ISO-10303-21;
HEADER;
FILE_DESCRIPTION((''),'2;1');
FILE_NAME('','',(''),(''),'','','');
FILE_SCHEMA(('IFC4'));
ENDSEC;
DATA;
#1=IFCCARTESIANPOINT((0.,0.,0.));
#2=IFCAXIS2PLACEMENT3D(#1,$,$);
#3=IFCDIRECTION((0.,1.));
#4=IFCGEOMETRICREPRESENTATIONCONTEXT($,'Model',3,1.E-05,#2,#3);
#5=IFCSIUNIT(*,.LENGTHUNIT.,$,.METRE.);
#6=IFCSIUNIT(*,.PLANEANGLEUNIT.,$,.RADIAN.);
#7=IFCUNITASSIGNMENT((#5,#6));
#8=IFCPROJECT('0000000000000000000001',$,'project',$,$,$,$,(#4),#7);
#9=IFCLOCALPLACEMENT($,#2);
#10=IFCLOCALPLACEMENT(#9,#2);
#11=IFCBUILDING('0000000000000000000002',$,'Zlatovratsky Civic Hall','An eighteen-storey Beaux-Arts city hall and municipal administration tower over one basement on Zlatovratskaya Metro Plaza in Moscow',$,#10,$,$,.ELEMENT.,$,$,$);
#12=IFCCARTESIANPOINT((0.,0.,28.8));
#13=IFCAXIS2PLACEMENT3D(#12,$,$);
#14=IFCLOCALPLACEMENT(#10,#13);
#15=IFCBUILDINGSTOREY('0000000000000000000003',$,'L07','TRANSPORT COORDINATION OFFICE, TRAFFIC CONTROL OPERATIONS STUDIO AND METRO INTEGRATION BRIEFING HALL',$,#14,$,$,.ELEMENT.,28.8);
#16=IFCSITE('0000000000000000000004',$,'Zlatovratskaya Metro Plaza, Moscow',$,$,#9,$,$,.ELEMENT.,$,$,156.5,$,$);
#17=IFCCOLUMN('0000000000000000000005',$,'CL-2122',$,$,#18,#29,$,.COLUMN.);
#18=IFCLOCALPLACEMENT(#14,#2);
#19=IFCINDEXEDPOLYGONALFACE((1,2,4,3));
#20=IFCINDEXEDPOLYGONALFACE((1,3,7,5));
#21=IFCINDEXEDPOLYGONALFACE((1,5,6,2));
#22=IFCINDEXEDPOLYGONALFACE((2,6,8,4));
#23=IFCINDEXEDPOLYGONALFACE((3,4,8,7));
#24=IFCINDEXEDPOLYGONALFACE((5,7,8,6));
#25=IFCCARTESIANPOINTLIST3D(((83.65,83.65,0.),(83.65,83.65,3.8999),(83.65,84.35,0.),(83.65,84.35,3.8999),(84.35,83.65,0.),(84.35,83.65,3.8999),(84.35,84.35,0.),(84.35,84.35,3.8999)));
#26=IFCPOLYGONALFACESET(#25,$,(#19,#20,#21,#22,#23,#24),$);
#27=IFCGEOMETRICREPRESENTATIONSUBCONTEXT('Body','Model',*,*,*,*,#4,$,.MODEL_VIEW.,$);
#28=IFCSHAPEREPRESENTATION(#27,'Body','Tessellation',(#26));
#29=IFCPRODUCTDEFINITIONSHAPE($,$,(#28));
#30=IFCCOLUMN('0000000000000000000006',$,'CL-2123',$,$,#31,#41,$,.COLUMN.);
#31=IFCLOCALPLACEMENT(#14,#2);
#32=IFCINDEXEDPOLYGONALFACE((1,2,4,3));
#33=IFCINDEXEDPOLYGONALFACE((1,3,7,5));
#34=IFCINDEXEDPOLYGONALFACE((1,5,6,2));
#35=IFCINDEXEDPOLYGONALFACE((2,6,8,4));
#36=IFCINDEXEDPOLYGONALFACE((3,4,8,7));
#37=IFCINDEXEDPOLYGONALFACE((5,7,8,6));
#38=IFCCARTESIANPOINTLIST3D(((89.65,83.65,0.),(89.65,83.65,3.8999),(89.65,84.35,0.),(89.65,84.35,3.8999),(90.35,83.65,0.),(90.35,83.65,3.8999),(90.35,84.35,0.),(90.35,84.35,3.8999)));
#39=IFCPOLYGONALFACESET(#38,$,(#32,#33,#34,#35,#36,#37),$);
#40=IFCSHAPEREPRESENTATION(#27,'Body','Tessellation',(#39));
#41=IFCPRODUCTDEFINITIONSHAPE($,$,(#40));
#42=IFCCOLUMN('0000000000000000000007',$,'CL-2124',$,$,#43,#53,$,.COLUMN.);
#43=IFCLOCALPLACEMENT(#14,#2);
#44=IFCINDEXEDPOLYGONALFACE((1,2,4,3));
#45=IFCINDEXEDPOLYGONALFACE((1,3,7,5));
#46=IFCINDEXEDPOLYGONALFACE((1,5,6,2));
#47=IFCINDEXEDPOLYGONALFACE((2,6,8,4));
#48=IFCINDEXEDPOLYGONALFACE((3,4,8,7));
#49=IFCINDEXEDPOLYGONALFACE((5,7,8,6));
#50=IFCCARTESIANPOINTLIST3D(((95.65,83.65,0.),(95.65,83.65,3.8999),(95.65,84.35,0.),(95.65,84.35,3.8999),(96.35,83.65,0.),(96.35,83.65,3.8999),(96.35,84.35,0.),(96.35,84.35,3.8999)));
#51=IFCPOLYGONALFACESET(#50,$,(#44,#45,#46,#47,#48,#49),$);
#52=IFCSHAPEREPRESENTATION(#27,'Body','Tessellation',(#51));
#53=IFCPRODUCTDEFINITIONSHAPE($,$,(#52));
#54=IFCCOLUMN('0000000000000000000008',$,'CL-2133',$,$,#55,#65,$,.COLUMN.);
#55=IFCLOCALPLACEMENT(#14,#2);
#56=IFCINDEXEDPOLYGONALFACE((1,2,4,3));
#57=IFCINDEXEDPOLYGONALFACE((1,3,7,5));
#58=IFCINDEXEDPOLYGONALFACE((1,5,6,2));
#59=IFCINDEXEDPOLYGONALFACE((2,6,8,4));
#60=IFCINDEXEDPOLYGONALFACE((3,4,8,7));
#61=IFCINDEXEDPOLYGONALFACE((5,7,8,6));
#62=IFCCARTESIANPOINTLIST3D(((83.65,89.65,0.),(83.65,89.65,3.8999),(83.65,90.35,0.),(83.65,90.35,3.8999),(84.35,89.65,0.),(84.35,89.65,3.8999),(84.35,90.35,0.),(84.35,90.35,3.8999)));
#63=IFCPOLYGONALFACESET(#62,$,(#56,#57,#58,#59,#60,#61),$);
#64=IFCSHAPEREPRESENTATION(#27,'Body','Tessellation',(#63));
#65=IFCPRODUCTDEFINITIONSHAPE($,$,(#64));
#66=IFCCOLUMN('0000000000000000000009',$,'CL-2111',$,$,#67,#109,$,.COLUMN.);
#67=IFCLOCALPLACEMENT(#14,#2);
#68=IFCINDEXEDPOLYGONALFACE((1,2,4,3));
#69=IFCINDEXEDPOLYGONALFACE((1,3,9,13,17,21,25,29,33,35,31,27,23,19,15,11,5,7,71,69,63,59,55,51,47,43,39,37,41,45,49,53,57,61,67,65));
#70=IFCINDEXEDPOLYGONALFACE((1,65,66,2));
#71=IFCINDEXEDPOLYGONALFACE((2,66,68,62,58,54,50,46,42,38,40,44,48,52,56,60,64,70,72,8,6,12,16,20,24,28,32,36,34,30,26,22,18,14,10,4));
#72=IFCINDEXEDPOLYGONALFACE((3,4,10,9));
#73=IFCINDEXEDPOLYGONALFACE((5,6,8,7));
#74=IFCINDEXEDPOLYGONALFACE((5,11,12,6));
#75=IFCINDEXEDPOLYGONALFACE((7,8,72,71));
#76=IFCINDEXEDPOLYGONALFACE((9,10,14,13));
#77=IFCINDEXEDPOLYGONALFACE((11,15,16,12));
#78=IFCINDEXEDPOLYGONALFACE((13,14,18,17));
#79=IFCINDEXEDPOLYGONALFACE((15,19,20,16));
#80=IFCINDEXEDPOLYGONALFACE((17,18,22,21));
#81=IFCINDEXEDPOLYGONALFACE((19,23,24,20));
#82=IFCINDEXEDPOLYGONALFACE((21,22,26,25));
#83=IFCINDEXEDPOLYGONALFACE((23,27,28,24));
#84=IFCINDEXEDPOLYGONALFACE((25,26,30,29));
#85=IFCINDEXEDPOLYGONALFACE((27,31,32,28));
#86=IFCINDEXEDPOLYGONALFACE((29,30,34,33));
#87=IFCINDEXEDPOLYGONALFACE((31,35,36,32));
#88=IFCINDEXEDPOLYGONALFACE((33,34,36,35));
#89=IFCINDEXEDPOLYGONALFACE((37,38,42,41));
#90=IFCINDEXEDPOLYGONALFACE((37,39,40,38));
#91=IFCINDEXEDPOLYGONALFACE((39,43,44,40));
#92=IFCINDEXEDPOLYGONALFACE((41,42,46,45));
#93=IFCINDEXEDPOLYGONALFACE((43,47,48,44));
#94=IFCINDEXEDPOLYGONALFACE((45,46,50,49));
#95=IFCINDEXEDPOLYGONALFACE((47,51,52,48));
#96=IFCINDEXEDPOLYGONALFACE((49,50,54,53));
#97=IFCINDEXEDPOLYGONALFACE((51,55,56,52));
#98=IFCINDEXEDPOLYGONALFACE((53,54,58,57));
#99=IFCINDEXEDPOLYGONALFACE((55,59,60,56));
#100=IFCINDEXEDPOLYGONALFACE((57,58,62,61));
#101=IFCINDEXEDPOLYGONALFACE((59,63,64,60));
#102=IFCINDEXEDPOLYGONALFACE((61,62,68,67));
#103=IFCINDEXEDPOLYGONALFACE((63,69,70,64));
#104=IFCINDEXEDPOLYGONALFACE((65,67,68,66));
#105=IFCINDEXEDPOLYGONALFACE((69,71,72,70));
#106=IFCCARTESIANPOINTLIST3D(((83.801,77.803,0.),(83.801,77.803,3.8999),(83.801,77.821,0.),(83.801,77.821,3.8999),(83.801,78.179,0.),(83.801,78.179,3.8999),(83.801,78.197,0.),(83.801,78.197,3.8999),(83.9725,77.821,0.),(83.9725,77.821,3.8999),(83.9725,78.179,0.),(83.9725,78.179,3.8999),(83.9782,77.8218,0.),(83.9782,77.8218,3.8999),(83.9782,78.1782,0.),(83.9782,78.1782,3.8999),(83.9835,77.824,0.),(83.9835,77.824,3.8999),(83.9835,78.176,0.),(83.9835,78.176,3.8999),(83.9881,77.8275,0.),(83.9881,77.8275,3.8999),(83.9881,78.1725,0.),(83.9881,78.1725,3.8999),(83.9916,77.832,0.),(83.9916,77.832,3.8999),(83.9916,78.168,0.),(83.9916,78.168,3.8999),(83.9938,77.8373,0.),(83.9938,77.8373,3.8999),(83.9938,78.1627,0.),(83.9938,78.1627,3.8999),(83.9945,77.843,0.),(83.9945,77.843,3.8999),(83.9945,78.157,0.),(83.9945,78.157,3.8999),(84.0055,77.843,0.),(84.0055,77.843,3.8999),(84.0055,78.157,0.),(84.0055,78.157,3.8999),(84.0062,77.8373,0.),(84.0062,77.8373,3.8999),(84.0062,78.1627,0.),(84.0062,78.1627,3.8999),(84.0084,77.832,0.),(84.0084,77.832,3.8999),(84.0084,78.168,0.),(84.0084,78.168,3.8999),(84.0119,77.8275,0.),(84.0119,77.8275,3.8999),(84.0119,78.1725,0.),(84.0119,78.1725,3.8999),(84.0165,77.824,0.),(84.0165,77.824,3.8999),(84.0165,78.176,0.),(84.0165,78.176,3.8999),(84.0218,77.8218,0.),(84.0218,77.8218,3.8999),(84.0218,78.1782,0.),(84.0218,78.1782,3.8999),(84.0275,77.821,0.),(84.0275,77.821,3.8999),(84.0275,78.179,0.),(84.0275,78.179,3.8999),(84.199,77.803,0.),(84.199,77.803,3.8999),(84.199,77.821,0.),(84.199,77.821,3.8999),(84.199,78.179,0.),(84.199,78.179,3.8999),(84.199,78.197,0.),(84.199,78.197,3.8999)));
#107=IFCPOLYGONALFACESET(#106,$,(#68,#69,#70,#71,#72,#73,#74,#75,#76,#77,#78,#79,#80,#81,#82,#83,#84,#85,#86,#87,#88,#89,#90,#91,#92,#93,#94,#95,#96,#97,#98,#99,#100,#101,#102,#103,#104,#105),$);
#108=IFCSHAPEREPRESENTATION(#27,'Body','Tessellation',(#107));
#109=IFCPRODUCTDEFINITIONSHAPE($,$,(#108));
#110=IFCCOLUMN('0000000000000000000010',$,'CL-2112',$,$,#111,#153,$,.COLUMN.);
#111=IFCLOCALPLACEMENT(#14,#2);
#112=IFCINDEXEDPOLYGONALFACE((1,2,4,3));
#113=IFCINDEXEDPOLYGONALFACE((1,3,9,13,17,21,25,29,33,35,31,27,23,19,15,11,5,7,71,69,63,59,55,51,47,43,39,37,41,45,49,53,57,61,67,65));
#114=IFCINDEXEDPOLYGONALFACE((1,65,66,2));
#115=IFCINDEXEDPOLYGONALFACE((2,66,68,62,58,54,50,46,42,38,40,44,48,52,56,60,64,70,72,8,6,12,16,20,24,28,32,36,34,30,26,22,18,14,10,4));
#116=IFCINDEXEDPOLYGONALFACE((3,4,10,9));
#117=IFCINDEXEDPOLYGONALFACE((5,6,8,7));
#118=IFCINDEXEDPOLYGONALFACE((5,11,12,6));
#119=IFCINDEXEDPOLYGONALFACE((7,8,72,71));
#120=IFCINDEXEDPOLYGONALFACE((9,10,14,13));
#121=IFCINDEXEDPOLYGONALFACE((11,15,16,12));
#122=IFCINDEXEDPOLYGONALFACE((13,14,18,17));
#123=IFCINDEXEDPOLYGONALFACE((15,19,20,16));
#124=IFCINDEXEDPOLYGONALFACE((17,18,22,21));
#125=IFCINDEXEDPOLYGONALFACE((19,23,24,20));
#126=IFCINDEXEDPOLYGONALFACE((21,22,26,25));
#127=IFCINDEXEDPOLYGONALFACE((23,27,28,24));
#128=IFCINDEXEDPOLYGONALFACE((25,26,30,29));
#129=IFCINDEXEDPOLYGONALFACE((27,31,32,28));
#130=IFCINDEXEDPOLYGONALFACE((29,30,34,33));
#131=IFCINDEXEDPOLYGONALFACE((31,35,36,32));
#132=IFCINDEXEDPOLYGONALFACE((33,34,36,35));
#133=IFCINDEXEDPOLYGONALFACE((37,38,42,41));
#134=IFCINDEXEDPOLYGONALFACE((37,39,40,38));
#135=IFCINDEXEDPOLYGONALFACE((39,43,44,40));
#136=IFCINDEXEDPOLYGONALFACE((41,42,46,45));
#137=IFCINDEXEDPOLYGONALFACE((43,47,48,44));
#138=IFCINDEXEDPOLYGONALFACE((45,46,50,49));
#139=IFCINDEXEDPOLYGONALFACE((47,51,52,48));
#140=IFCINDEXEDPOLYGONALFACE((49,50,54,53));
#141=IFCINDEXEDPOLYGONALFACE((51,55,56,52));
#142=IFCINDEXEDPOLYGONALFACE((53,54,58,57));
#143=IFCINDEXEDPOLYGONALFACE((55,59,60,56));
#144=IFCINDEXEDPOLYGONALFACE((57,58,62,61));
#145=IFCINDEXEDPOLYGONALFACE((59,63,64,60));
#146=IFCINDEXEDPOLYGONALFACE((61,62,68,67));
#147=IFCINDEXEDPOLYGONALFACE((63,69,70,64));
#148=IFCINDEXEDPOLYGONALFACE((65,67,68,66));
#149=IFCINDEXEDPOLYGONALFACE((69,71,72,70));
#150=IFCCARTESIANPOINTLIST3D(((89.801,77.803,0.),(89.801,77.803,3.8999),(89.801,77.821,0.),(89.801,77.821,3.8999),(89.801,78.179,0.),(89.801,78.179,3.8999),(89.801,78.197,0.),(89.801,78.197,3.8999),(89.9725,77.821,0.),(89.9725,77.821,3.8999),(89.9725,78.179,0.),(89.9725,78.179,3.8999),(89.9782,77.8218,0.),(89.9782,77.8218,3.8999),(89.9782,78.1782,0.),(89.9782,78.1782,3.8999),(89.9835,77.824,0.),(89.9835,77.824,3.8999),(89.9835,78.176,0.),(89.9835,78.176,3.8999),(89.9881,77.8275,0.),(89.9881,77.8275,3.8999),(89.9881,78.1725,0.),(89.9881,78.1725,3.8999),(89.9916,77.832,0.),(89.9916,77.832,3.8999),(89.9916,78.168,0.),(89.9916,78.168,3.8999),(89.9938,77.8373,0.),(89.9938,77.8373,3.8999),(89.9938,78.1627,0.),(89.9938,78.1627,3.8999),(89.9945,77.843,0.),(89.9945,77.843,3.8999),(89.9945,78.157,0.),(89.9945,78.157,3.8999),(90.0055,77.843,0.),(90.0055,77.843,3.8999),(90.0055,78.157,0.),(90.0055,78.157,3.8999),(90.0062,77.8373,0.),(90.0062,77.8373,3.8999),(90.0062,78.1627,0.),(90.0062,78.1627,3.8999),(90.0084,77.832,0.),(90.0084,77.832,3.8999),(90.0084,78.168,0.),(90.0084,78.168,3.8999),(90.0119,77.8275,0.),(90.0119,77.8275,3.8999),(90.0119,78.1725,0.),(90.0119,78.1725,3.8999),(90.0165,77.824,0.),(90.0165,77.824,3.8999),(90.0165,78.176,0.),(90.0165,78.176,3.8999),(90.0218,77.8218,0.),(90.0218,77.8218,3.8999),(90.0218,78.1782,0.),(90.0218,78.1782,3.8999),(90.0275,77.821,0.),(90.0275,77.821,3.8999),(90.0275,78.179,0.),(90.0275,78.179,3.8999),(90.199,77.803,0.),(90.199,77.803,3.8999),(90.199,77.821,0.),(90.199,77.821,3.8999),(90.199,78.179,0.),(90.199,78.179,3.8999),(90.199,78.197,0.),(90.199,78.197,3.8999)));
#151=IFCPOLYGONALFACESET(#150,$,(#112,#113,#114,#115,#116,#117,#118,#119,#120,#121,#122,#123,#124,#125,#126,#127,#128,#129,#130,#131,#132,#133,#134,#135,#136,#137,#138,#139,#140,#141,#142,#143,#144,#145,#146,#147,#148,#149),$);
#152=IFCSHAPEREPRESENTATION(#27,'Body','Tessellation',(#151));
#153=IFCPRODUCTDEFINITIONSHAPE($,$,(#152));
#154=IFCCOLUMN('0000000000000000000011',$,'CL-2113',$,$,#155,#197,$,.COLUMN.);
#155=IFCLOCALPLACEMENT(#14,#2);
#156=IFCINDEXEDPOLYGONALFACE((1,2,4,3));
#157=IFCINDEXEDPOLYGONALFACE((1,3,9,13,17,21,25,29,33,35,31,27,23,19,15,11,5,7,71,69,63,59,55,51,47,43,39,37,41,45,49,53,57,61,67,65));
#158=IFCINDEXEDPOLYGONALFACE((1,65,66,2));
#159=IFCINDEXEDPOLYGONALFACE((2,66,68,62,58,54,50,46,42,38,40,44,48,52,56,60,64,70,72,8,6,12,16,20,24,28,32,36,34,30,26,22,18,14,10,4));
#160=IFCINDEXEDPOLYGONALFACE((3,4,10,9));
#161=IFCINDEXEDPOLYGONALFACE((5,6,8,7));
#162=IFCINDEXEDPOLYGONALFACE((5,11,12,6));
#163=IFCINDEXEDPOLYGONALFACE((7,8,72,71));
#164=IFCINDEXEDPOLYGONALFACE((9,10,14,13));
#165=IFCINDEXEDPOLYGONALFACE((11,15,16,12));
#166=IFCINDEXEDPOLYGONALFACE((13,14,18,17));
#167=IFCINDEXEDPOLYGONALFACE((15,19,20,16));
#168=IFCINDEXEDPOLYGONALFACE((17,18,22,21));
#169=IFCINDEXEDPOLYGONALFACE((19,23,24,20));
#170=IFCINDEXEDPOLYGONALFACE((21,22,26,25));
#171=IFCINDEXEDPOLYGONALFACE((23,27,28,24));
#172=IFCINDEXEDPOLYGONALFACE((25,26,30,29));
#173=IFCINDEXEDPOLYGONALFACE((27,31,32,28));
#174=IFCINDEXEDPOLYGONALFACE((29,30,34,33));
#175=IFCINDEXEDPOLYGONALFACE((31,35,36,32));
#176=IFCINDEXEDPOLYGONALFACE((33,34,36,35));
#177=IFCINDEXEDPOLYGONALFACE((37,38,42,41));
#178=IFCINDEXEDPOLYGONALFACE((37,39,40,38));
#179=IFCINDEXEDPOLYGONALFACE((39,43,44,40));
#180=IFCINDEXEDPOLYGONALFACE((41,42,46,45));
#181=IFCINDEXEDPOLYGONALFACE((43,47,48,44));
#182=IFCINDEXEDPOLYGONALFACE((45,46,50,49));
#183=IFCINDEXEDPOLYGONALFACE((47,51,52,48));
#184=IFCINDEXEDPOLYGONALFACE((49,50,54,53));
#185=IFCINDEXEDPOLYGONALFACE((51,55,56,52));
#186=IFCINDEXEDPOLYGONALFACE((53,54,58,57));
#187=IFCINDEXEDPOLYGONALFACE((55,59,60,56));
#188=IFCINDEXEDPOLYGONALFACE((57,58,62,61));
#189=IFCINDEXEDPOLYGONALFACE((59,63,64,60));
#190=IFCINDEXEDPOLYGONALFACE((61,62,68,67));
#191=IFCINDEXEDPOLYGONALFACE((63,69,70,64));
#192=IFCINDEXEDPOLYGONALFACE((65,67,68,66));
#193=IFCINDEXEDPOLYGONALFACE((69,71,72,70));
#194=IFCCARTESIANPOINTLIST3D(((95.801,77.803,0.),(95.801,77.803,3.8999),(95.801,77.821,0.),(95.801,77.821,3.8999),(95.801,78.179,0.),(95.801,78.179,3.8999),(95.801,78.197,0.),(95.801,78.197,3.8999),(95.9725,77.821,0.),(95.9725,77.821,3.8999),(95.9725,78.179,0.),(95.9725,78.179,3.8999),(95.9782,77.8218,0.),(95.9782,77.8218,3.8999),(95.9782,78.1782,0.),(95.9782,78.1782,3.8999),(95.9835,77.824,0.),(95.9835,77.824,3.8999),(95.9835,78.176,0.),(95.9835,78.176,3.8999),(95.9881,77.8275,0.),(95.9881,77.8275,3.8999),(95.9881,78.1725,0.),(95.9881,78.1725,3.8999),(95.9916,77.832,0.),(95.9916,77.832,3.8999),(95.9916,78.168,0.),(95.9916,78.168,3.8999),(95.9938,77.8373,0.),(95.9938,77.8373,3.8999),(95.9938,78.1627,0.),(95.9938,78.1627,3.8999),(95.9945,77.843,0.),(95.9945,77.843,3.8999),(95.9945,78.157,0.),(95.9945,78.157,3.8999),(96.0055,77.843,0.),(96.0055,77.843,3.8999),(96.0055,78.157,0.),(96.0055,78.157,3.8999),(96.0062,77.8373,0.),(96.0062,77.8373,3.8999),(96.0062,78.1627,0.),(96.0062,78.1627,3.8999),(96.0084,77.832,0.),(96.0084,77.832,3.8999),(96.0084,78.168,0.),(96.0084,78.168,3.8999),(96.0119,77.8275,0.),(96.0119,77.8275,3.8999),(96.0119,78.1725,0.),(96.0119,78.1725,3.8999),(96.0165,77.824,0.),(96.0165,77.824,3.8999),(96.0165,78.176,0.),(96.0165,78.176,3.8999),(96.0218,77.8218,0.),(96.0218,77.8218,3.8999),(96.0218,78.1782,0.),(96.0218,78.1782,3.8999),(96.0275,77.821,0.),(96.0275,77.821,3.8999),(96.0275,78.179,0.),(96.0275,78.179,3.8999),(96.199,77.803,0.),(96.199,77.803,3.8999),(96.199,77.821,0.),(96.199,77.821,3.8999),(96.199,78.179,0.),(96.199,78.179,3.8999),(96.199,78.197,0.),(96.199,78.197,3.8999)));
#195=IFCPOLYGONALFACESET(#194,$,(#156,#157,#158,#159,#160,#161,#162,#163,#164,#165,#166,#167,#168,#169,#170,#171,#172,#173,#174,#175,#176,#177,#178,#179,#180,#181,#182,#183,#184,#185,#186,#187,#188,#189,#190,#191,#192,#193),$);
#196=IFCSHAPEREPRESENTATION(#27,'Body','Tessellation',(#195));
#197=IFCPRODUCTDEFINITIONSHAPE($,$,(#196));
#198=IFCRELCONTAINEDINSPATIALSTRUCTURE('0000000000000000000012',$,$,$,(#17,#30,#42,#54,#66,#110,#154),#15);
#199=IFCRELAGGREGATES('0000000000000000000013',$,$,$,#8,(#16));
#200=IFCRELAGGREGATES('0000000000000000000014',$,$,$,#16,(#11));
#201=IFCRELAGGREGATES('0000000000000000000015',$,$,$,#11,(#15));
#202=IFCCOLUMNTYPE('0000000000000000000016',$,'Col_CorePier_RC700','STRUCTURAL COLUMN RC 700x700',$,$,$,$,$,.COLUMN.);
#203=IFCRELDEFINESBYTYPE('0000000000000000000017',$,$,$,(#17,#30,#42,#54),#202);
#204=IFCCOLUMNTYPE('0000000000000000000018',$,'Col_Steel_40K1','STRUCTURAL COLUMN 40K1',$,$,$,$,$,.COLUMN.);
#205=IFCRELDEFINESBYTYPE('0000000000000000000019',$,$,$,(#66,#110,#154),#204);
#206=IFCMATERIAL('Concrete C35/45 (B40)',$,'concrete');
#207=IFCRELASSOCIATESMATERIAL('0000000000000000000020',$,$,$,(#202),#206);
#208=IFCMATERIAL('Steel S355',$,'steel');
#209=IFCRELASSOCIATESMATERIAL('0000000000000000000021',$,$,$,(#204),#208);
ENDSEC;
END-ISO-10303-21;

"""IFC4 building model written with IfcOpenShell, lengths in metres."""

from ifc_helpers import new_model, si_unit, direction, frame, origin, origin_2d, place, context, subcontext, project, spatial, rectangle, i_section, extrude, material, material_profile, profile_set, type_object, element, save


model = new_model("IFC4")

# Units and contexts
model_context = context("Model", 3, precision=1e-05, world=origin(), true_north=direction((0.0, 1.0)))
body_context = subcontext(model_context, "Body", "Model", "MODEL_VIEW")
ifc_project = project(units=[si_unit("LENGTHUNIT", "METRE"), si_unit("PLANEANGLEUNIT", "RADIAN")], contexts=[model_context])

# Site, building, storey
site_placement = place(None, origin())
site = spatial("IfcSite", under=ifc_project, at=site_placement, Name="Zlatovratskaya Metro Plaza, Moscow", CompositionType="ELEMENT", RefElevation=156.5)
building_placement = place(site_placement, origin())
building = spatial("IfcBuilding", under=site, at=building_placement, Name="Zlatovratsky Civic Hall", Description="An eighteen-storey Beaux-Arts city hall and municipal administration tower over one basement on Zlatovratskaya Metro Plaza in Moscow", CompositionType="ELEMENT")
storey_placement = place(building_placement, frame((0.0, 0.0, 28.8)))
storey = spatial("IfcBuildingStorey", under=building, at=storey_placement, Name="L07", Description="TRANSPORT COORDINATION OFFICE, TRAFFIC CONTROL OPERATIONS STUDIO AND METRO INTEGRATION BRIEFING HALL", CompositionType="ELEMENT", Elevation=28.8)

# Columns
ifc_material_1 = material(Name="Concrete C35/45 (B40)", Category="concrete")
ifc_material_profile_1 = material_profile(ifc_material_1, rectangle(XDim=0.7, YDim=0.7, at=origin_2d()), Name="RC 700x700")
ifc_profile_set_1 = profile_set([ifc_material_profile_1], Name="Concrete C35/45 (B40)")
column_type_1 = type_object("IfcColumnType", Name="Col_CorePier_RC700", Description="STRUCTURAL COLUMN RC 700x700", PredefinedType="COLUMN", material=ifc_profile_set_1)
for number, where, z_axis, x_axis, name in (
    (1, (84.0, 84.0, 0.0), (0.0, 0.0, 1.0), (1.0, 0.0, 0.0), "CL-2122"),
    (2, (90.0, 84.0, 0.0), (0.0, 0.0, 1.0), (1.0, 0.0, 0.0), "CL-2123"),
    (3, (96.0, 84.0, 0.0), (0.0, 0.0, 1.0), (1.0, 0.0, 0.0), "CL-2124"),
    (4, (84.0, 90.0, 0.0), (0.0, 0.0, 1.0), (1.0, 0.0, 0.0), "CL-2133"),
):
    element("IfcColumn", number, at=place(storey_placement, frame(where, z_axis=z_axis, x_axis=x_axis)), inside=storey, type_object=column_type_1, Name=name, PredefinedType="COLUMN", context=body_context, shape_type="SweptSolid", body=[
        extrude(rectangle(XDim=0.7, YDim=0.7, at=origin_2d()), origin(), (0.0, 0.0, 1.0), 3.8999),
    ])
ifc_material_2 = material(Name="Steel S355", Category="steel")
ifc_material_profile_2 = material_profile(ifc_material_2, i_section(OverallWidth=0.3979, OverallDepth=0.394, WebThickness=0.011, FlangeThickness=0.0181, FilletRadius=0.022, at=origin_2d()), Name="40K1")
ifc_profile_set_2 = profile_set([ifc_material_profile_2], Name="Steel S355")
column_type_2 = type_object("IfcColumnType", Name="Col_Steel_40K1", Description="STRUCTURAL COLUMN 40K1", PredefinedType="COLUMN", material=ifc_profile_set_2)
for number, where, z_axis, x_axis, name in (
    (5, (84.0, 78.0, 0.0), (0.0, 0.0, 1.0), (1.0, 0.0, 0.0), "CL-2111"),
    (6, (90.0, 78.0, 0.0), (0.0, 0.0, 1.0), (1.0, 0.0, 0.0), "CL-2112"),
    (7, (96.0, 78.0, 0.0), (0.0, 0.0, 1.0), (1.0, 0.0, 0.0), "CL-2113"),
):
    element("IfcColumn", number, at=place(storey_placement, frame(where, z_axis=z_axis, x_axis=x_axis)), inside=storey, type_object=column_type_2, Name=name, PredefinedType="COLUMN", context=body_context, shape_type="SweptSolid", body=[
        extrude(i_section(OverallWidth=0.3979, OverallDepth=0.394, WebThickness=0.011, FlangeThickness=0.0181, FilletRadius=0.022, at=origin_2d()), origin(), (0.0, 0.0, 1.0), 3.8999),
    ])

save(model, "model.ifc")
